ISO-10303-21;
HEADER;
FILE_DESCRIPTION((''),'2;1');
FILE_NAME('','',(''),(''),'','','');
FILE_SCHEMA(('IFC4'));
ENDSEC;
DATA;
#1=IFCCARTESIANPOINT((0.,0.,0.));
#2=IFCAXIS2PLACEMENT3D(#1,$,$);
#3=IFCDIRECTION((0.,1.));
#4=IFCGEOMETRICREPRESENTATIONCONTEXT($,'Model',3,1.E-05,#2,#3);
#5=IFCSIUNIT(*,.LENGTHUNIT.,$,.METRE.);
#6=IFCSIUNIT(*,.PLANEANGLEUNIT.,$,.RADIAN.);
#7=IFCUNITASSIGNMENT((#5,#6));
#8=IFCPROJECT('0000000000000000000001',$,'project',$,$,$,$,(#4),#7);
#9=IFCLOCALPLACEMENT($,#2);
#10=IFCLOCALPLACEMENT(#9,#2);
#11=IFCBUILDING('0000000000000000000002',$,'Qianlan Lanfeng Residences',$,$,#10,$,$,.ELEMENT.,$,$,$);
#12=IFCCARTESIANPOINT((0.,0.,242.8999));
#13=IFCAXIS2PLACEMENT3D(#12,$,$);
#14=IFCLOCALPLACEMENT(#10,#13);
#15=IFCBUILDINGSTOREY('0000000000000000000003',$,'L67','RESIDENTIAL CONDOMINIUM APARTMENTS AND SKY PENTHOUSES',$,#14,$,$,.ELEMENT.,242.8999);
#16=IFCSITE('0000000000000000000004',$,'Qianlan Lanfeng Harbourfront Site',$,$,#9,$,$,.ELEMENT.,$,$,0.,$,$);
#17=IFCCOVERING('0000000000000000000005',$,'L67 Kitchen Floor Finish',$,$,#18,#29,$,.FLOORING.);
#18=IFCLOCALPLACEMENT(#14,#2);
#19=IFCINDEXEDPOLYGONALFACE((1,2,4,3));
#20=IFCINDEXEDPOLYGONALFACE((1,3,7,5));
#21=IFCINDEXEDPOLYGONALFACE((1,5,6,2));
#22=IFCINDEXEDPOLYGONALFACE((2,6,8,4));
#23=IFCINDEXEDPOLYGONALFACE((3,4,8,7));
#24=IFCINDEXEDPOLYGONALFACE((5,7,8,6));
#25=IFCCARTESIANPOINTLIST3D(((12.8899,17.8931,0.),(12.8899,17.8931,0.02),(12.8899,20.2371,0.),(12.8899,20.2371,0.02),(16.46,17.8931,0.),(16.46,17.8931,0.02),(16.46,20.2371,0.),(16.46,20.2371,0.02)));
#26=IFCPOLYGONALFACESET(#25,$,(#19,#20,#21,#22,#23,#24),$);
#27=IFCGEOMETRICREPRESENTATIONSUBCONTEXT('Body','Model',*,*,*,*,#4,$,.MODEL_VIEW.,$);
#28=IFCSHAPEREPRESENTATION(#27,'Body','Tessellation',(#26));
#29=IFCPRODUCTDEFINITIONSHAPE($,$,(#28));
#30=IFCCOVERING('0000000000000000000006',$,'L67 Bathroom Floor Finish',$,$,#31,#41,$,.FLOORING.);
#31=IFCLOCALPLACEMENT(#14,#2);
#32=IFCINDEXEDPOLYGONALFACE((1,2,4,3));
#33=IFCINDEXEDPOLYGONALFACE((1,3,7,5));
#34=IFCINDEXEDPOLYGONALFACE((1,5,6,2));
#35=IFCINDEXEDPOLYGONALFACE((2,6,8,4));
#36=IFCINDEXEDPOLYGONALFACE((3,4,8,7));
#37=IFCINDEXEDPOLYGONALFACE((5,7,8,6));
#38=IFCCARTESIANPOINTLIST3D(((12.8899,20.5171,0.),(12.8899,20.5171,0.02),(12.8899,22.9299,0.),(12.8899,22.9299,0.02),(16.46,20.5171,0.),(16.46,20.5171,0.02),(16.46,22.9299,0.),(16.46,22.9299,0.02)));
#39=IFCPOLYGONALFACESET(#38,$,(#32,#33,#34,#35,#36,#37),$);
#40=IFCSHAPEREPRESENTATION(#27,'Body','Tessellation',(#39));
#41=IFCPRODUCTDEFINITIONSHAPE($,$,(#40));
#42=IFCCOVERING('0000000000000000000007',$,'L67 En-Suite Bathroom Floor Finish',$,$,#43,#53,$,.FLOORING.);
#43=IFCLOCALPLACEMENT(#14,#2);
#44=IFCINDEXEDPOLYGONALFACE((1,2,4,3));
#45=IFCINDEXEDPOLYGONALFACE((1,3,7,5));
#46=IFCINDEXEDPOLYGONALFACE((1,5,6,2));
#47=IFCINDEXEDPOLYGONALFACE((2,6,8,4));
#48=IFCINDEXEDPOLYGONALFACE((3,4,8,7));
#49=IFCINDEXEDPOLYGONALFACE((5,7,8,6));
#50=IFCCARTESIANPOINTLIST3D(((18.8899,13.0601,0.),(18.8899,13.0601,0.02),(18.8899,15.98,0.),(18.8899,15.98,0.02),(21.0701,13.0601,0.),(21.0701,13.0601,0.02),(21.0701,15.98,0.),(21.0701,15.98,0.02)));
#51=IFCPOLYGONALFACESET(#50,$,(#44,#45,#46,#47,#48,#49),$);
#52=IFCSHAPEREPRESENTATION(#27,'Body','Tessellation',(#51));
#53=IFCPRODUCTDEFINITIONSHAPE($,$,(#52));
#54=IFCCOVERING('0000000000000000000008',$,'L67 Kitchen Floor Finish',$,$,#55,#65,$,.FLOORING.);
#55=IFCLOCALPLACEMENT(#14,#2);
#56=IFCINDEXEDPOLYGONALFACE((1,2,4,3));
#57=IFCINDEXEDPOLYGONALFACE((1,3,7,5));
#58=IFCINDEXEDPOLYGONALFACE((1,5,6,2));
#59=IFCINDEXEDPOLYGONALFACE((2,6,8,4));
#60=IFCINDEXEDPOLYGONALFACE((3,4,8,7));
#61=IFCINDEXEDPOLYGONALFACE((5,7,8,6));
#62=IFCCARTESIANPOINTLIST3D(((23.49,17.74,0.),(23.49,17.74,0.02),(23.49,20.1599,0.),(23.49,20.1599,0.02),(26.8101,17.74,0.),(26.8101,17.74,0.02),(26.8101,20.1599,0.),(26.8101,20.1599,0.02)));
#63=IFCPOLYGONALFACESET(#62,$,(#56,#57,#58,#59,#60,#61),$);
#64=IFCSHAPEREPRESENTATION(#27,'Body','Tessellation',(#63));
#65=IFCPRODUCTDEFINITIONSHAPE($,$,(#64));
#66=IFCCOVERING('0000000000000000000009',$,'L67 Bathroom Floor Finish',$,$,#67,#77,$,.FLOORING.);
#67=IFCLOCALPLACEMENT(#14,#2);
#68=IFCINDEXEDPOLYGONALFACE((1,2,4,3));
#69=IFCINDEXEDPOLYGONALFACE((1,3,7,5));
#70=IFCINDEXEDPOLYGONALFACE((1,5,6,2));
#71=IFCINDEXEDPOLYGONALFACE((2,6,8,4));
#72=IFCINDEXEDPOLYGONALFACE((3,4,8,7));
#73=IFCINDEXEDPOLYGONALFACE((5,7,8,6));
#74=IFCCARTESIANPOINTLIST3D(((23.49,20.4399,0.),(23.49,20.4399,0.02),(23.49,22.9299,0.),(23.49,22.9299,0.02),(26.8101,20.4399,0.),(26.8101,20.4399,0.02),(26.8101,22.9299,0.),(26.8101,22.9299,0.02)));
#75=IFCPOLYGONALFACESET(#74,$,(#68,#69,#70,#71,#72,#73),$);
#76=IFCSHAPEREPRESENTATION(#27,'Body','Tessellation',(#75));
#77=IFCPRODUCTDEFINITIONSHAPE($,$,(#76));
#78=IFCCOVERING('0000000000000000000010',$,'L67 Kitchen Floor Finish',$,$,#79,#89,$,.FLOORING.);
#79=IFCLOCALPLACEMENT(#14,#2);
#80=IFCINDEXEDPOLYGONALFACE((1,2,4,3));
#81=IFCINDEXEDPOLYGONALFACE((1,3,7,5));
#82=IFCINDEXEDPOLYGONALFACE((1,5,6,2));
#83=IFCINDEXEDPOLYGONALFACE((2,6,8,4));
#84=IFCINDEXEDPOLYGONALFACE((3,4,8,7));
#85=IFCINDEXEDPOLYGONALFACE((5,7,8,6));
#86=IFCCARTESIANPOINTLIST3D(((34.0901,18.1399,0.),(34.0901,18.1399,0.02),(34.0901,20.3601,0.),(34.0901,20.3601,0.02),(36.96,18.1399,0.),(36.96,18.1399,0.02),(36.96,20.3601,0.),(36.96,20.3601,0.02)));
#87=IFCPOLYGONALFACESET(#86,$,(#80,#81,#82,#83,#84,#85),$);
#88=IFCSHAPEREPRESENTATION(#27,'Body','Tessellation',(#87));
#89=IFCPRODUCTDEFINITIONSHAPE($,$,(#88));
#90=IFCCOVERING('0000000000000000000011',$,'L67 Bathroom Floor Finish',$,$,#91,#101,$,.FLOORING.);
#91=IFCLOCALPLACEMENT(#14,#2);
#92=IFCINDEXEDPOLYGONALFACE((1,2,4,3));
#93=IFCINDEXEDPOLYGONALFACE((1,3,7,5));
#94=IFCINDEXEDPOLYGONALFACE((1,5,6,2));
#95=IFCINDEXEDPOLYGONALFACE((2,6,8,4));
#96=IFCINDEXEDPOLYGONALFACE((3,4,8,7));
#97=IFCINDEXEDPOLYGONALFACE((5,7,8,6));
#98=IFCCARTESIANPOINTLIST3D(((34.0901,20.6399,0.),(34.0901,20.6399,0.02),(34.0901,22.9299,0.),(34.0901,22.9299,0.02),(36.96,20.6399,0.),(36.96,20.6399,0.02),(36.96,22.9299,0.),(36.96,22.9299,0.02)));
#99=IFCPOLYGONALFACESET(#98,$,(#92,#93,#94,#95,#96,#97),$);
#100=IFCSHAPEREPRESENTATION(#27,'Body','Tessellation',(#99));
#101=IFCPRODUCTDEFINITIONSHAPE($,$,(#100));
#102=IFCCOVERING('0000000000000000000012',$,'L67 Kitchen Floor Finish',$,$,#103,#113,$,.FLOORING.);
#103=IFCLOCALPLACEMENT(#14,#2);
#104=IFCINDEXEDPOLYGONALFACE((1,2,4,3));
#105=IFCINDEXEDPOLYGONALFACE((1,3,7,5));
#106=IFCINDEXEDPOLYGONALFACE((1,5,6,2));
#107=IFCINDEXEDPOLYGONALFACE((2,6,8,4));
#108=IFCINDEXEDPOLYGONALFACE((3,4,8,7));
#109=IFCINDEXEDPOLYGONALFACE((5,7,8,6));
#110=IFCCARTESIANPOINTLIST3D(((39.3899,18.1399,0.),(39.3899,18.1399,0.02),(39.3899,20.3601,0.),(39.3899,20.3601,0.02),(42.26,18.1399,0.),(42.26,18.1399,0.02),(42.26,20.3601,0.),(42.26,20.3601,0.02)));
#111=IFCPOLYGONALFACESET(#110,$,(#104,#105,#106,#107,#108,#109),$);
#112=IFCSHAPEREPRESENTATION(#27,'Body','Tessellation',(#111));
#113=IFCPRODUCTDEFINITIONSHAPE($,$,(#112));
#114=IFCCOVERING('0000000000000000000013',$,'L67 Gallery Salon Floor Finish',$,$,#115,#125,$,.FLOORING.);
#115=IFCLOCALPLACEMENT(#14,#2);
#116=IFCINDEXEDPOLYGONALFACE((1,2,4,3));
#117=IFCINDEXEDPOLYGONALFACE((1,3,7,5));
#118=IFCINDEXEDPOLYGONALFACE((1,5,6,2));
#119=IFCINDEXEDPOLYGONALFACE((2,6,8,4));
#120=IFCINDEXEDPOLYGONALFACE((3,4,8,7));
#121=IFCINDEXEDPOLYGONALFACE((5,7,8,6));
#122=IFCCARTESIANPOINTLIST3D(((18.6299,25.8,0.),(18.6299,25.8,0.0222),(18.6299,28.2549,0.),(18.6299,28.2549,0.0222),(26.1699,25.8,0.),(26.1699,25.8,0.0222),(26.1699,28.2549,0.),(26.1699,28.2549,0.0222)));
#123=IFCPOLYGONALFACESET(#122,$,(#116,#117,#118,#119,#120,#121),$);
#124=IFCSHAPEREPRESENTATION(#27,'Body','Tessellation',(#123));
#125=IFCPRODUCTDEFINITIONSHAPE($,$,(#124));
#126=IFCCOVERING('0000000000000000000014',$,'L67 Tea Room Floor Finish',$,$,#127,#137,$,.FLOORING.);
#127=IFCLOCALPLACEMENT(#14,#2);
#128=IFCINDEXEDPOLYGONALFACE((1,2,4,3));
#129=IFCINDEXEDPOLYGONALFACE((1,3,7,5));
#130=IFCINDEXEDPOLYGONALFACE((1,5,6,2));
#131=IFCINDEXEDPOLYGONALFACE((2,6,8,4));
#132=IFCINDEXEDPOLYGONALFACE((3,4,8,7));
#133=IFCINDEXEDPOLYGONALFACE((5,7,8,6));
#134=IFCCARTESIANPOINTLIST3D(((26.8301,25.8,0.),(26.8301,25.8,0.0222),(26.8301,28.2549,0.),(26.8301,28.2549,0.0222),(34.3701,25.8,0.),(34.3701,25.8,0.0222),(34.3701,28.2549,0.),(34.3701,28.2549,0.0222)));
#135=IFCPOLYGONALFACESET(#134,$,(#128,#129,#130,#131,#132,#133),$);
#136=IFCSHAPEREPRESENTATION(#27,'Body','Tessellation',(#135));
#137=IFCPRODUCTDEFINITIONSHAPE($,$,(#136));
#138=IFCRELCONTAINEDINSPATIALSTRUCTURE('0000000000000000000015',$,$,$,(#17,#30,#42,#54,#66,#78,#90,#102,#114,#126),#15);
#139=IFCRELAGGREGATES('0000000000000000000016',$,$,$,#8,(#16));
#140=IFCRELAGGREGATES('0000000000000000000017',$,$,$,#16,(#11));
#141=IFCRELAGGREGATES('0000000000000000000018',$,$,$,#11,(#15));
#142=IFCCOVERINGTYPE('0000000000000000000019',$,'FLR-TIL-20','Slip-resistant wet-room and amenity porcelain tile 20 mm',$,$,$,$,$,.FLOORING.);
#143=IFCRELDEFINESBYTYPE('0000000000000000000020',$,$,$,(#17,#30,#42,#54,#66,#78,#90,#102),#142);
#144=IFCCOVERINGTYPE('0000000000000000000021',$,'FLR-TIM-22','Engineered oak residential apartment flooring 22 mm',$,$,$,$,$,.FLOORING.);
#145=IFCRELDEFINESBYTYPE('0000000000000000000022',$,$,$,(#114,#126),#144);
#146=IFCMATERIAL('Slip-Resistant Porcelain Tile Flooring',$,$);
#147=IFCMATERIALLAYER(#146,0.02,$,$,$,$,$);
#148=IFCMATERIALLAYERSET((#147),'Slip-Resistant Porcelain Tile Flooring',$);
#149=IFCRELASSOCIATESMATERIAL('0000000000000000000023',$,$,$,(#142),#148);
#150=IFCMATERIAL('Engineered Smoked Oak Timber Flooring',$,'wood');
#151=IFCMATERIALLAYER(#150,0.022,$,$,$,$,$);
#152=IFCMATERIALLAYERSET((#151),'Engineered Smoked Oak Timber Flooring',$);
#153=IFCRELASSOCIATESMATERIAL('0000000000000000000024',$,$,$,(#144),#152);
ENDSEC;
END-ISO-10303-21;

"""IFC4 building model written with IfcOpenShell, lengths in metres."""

from ifc_helpers import new_model, si_unit, direction, frame, origin, place, context, subcontext, project, spatial, polyline, outline, extrude, material, layer, layer_set, type_object, element, save


model = new_model("IFC4")

# Units and contexts
model_context = context("Model", 3, precision=1e-05, world=origin(), true_north=direction((0.0, 1.0)))
body_context = subcontext(model_context, "Body", "Model", "MODEL_VIEW")
ifc_project = project(units=[si_unit("LENGTHUNIT", "METRE"), si_unit("PLANEANGLEUNIT", "RADIAN")], contexts=[model_context])

# Site, building, storey
site_placement = place(None, origin())
site = spatial("IfcSite", under=ifc_project, at=site_placement, Name="Qianlan Lanfeng Harbourfront Site", CompositionType="ELEMENT", RefElevation=0.0)
building_placement = place(site_placement, origin())
building = spatial("IfcBuilding", under=site, at=building_placement, Name="Qianlan Lanfeng Residences", CompositionType="ELEMENT")
storey_placement = place(building_placement, frame((0.0, 0.0, 242.8999)))
storey = spatial("IfcBuildingStorey", under=building, at=storey_placement, Name="L67", Description="RESIDENTIAL CONDOMINIUM APARTMENTS AND SKY PENTHOUSES", CompositionType="ELEMENT", Elevation=242.8999)

# Coverings
ifc_material_1 = material(Name="Slip-Resistant Porcelain Tile Flooring")
ifc_layer_1 = layer(ifc_material_1, 0.02)
ifc_layer_set_1 = layer_set([ifc_layer_1], Name="Slip-Resistant Porcelain Tile Flooring")
covering_type_1 = type_object("IfcCoveringType", Name="FLR-TIL-20", Description="Slip-resistant wet-room and amenity porcelain tile 20 mm", PredefinedType="FLOORING", material=ifc_layer_set_1)
covering_1_placement = place(storey_placement, origin())
element("IfcCovering", 1, at=covering_1_placement, inside=storey, type_object=covering_type_1, Name="L67 Kitchen Floor Finish", PredefinedType="FLOORING", context=body_context, shape_type="SweptSolid", body=[
    extrude(outline(polyline([(12.8899, 17.8931), (16.46, 17.8931), (16.46, 20.2371), (12.8899, 20.2371), (12.8899, 17.8931)])), origin(), (0.0, 0.0, 1.0), 0.02),
])
covering_2_placement = place(storey_placement, origin())
element("IfcCovering", 2, at=covering_2_placement, inside=storey, type_object=covering_type_1, Name="L67 Bathroom Floor Finish", PredefinedType="FLOORING", context=body_context, shape_type="SweptSolid", body=[
    extrude(outline(polyline([(12.8899, 20.5171), (16.46, 20.5171), (16.46, 22.9299), (12.8899, 22.9299), (12.8899, 20.5171)])), origin(), (0.0, 0.0, 1.0), 0.02),
])
covering_3_placement = place(storey_placement, origin())
element("IfcCovering", 3, at=covering_3_placement, inside=storey, type_object=covering_type_1, Name="L67 En-Suite Bathroom Floor Finish", PredefinedType="FLOORING", context=body_context, shape_type="SweptSolid", body=[
    extrude(outline(polyline([(18.8899, 13.0601), (21.0701, 13.0601), (21.0701, 15.98), (18.8899, 15.98), (18.8899, 13.0601)])), origin(), (0.0, 0.0, 1.0), 0.02),
])
covering_4_placement = place(storey_placement, origin())
element("IfcCovering", 4, at=covering_4_placement, inside=storey, type_object=covering_type_1, Name="L67 Kitchen Floor Finish", PredefinedType="FLOORING", context=body_context, shape_type="SweptSolid", body=[
    extrude(outline(polyline([(23.49, 17.74), (26.8101, 17.74), (26.8101, 20.1599), (23.49, 20.1599), (23.49, 17.74)])), origin(), (0.0, 0.0, 1.0), 0.02),
])
covering_5_placement = place(storey_placement, origin())
element("IfcCovering", 5, at=covering_5_placement, inside=storey, type_object=covering_type_1, Name="L67 Bathroom Floor Finish", PredefinedType="FLOORING", context=body_context, shape_type="SweptSolid", body=[
    extrude(outline(polyline([(23.49, 20.4399), (26.8101, 20.4399), (26.8101, 22.9299), (23.49, 22.9299), (23.49, 20.4399)])), origin(), (0.0, 0.0, 1.0), 0.02),
])
covering_6_placement = place(storey_placement, origin())
element("IfcCovering", 6, at=covering_6_placement, inside=storey, type_object=covering_type_1, Name="L67 Kitchen Floor Finish", PredefinedType="FLOORING", context=body_context, shape_type="SweptSolid", body=[
    extrude(outline(polyline([(34.0901, 18.1399), (36.96, 18.1399), (36.96, 20.3601), (34.0901, 20.3601), (34.0901, 18.1399)])), origin(), (0.0, 0.0, 1.0), 0.02),
])
covering_7_placement = place(storey_placement, origin())
element("IfcCovering", 7, at=covering_7_placement, inside=storey, type_object=covering_type_1, Name="L67 Bathroom Floor Finish", PredefinedType="FLOORING", context=body_context, shape_type="SweptSolid", body=[
    extrude(outline(polyline([(34.0901, 20.6399), (36.96, 20.6399), (36.96, 22.9299), (34.0901, 22.9299), (34.0901, 20.6399)])), origin(), (0.0, 0.0, 1.0), 0.02),
])
covering_8_placement = place(storey_placement, origin())
element("IfcCovering", 8, at=covering_8_placement, inside=storey, type_object=covering_type_1, Name="L67 Kitchen Floor Finish", PredefinedType="FLOORING", context=body_context, shape_type="SweptSolid", body=[
    extrude(outline(polyline([(39.3899, 18.1399), (42.26, 18.1399), (42.26, 20.3601), (39.3899, 20.3601), (39.3899, 18.1399)])), origin(), (0.0, 0.0, 1.0), 0.02),
])
ifc_material_2 = material(Name="Engineered Smoked Oak Timber Flooring", Category="wood")
ifc_layer_2 = layer(ifc_material_2, 0.022)
ifc_layer_set_2 = layer_set([ifc_layer_2], Name="Engineered Smoked Oak Timber Flooring")
covering_type_2 = type_object("IfcCoveringType", Name="FLR-TIM-22", Description="Engineered oak residential apartment flooring 22 mm", PredefinedType="FLOORING", material=ifc_layer_set_2)
covering_9_placement = place(storey_placement, origin())
element("IfcCovering", 9, at=covering_9_placement, inside=storey, type_object=covering_type_2, Name="L67 Gallery Salon Floor Finish", PredefinedType="FLOORING", context=body_context, shape_type="SweptSolid", body=[
    extrude(outline(polyline([(18.6299, 25.8), (26.1699, 25.8), (26.1699, 28.2549), (18.6299, 28.2549), (18.6299, 25.8)])), origin(), (0.0, 0.0, 1.0), 0.0222),
])
covering_10_placement = place(storey_placement, origin())
element("IfcCovering", 10, at=covering_10_placement, inside=storey, type_object=covering_type_2, Name="L67 Tea Room Floor Finish", PredefinedType="FLOORING", context=body_context, shape_type="SweptSolid", body=[
    extrude(outline(polyline([(26.8301, 25.8), (34.3701, 25.8), (34.3701, 28.2549), (26.8301, 28.2549), (26.8301, 25.8)])), origin(), (0.0, 0.0, 1.0), 0.0222),
])

save(model, "model.ifc")
